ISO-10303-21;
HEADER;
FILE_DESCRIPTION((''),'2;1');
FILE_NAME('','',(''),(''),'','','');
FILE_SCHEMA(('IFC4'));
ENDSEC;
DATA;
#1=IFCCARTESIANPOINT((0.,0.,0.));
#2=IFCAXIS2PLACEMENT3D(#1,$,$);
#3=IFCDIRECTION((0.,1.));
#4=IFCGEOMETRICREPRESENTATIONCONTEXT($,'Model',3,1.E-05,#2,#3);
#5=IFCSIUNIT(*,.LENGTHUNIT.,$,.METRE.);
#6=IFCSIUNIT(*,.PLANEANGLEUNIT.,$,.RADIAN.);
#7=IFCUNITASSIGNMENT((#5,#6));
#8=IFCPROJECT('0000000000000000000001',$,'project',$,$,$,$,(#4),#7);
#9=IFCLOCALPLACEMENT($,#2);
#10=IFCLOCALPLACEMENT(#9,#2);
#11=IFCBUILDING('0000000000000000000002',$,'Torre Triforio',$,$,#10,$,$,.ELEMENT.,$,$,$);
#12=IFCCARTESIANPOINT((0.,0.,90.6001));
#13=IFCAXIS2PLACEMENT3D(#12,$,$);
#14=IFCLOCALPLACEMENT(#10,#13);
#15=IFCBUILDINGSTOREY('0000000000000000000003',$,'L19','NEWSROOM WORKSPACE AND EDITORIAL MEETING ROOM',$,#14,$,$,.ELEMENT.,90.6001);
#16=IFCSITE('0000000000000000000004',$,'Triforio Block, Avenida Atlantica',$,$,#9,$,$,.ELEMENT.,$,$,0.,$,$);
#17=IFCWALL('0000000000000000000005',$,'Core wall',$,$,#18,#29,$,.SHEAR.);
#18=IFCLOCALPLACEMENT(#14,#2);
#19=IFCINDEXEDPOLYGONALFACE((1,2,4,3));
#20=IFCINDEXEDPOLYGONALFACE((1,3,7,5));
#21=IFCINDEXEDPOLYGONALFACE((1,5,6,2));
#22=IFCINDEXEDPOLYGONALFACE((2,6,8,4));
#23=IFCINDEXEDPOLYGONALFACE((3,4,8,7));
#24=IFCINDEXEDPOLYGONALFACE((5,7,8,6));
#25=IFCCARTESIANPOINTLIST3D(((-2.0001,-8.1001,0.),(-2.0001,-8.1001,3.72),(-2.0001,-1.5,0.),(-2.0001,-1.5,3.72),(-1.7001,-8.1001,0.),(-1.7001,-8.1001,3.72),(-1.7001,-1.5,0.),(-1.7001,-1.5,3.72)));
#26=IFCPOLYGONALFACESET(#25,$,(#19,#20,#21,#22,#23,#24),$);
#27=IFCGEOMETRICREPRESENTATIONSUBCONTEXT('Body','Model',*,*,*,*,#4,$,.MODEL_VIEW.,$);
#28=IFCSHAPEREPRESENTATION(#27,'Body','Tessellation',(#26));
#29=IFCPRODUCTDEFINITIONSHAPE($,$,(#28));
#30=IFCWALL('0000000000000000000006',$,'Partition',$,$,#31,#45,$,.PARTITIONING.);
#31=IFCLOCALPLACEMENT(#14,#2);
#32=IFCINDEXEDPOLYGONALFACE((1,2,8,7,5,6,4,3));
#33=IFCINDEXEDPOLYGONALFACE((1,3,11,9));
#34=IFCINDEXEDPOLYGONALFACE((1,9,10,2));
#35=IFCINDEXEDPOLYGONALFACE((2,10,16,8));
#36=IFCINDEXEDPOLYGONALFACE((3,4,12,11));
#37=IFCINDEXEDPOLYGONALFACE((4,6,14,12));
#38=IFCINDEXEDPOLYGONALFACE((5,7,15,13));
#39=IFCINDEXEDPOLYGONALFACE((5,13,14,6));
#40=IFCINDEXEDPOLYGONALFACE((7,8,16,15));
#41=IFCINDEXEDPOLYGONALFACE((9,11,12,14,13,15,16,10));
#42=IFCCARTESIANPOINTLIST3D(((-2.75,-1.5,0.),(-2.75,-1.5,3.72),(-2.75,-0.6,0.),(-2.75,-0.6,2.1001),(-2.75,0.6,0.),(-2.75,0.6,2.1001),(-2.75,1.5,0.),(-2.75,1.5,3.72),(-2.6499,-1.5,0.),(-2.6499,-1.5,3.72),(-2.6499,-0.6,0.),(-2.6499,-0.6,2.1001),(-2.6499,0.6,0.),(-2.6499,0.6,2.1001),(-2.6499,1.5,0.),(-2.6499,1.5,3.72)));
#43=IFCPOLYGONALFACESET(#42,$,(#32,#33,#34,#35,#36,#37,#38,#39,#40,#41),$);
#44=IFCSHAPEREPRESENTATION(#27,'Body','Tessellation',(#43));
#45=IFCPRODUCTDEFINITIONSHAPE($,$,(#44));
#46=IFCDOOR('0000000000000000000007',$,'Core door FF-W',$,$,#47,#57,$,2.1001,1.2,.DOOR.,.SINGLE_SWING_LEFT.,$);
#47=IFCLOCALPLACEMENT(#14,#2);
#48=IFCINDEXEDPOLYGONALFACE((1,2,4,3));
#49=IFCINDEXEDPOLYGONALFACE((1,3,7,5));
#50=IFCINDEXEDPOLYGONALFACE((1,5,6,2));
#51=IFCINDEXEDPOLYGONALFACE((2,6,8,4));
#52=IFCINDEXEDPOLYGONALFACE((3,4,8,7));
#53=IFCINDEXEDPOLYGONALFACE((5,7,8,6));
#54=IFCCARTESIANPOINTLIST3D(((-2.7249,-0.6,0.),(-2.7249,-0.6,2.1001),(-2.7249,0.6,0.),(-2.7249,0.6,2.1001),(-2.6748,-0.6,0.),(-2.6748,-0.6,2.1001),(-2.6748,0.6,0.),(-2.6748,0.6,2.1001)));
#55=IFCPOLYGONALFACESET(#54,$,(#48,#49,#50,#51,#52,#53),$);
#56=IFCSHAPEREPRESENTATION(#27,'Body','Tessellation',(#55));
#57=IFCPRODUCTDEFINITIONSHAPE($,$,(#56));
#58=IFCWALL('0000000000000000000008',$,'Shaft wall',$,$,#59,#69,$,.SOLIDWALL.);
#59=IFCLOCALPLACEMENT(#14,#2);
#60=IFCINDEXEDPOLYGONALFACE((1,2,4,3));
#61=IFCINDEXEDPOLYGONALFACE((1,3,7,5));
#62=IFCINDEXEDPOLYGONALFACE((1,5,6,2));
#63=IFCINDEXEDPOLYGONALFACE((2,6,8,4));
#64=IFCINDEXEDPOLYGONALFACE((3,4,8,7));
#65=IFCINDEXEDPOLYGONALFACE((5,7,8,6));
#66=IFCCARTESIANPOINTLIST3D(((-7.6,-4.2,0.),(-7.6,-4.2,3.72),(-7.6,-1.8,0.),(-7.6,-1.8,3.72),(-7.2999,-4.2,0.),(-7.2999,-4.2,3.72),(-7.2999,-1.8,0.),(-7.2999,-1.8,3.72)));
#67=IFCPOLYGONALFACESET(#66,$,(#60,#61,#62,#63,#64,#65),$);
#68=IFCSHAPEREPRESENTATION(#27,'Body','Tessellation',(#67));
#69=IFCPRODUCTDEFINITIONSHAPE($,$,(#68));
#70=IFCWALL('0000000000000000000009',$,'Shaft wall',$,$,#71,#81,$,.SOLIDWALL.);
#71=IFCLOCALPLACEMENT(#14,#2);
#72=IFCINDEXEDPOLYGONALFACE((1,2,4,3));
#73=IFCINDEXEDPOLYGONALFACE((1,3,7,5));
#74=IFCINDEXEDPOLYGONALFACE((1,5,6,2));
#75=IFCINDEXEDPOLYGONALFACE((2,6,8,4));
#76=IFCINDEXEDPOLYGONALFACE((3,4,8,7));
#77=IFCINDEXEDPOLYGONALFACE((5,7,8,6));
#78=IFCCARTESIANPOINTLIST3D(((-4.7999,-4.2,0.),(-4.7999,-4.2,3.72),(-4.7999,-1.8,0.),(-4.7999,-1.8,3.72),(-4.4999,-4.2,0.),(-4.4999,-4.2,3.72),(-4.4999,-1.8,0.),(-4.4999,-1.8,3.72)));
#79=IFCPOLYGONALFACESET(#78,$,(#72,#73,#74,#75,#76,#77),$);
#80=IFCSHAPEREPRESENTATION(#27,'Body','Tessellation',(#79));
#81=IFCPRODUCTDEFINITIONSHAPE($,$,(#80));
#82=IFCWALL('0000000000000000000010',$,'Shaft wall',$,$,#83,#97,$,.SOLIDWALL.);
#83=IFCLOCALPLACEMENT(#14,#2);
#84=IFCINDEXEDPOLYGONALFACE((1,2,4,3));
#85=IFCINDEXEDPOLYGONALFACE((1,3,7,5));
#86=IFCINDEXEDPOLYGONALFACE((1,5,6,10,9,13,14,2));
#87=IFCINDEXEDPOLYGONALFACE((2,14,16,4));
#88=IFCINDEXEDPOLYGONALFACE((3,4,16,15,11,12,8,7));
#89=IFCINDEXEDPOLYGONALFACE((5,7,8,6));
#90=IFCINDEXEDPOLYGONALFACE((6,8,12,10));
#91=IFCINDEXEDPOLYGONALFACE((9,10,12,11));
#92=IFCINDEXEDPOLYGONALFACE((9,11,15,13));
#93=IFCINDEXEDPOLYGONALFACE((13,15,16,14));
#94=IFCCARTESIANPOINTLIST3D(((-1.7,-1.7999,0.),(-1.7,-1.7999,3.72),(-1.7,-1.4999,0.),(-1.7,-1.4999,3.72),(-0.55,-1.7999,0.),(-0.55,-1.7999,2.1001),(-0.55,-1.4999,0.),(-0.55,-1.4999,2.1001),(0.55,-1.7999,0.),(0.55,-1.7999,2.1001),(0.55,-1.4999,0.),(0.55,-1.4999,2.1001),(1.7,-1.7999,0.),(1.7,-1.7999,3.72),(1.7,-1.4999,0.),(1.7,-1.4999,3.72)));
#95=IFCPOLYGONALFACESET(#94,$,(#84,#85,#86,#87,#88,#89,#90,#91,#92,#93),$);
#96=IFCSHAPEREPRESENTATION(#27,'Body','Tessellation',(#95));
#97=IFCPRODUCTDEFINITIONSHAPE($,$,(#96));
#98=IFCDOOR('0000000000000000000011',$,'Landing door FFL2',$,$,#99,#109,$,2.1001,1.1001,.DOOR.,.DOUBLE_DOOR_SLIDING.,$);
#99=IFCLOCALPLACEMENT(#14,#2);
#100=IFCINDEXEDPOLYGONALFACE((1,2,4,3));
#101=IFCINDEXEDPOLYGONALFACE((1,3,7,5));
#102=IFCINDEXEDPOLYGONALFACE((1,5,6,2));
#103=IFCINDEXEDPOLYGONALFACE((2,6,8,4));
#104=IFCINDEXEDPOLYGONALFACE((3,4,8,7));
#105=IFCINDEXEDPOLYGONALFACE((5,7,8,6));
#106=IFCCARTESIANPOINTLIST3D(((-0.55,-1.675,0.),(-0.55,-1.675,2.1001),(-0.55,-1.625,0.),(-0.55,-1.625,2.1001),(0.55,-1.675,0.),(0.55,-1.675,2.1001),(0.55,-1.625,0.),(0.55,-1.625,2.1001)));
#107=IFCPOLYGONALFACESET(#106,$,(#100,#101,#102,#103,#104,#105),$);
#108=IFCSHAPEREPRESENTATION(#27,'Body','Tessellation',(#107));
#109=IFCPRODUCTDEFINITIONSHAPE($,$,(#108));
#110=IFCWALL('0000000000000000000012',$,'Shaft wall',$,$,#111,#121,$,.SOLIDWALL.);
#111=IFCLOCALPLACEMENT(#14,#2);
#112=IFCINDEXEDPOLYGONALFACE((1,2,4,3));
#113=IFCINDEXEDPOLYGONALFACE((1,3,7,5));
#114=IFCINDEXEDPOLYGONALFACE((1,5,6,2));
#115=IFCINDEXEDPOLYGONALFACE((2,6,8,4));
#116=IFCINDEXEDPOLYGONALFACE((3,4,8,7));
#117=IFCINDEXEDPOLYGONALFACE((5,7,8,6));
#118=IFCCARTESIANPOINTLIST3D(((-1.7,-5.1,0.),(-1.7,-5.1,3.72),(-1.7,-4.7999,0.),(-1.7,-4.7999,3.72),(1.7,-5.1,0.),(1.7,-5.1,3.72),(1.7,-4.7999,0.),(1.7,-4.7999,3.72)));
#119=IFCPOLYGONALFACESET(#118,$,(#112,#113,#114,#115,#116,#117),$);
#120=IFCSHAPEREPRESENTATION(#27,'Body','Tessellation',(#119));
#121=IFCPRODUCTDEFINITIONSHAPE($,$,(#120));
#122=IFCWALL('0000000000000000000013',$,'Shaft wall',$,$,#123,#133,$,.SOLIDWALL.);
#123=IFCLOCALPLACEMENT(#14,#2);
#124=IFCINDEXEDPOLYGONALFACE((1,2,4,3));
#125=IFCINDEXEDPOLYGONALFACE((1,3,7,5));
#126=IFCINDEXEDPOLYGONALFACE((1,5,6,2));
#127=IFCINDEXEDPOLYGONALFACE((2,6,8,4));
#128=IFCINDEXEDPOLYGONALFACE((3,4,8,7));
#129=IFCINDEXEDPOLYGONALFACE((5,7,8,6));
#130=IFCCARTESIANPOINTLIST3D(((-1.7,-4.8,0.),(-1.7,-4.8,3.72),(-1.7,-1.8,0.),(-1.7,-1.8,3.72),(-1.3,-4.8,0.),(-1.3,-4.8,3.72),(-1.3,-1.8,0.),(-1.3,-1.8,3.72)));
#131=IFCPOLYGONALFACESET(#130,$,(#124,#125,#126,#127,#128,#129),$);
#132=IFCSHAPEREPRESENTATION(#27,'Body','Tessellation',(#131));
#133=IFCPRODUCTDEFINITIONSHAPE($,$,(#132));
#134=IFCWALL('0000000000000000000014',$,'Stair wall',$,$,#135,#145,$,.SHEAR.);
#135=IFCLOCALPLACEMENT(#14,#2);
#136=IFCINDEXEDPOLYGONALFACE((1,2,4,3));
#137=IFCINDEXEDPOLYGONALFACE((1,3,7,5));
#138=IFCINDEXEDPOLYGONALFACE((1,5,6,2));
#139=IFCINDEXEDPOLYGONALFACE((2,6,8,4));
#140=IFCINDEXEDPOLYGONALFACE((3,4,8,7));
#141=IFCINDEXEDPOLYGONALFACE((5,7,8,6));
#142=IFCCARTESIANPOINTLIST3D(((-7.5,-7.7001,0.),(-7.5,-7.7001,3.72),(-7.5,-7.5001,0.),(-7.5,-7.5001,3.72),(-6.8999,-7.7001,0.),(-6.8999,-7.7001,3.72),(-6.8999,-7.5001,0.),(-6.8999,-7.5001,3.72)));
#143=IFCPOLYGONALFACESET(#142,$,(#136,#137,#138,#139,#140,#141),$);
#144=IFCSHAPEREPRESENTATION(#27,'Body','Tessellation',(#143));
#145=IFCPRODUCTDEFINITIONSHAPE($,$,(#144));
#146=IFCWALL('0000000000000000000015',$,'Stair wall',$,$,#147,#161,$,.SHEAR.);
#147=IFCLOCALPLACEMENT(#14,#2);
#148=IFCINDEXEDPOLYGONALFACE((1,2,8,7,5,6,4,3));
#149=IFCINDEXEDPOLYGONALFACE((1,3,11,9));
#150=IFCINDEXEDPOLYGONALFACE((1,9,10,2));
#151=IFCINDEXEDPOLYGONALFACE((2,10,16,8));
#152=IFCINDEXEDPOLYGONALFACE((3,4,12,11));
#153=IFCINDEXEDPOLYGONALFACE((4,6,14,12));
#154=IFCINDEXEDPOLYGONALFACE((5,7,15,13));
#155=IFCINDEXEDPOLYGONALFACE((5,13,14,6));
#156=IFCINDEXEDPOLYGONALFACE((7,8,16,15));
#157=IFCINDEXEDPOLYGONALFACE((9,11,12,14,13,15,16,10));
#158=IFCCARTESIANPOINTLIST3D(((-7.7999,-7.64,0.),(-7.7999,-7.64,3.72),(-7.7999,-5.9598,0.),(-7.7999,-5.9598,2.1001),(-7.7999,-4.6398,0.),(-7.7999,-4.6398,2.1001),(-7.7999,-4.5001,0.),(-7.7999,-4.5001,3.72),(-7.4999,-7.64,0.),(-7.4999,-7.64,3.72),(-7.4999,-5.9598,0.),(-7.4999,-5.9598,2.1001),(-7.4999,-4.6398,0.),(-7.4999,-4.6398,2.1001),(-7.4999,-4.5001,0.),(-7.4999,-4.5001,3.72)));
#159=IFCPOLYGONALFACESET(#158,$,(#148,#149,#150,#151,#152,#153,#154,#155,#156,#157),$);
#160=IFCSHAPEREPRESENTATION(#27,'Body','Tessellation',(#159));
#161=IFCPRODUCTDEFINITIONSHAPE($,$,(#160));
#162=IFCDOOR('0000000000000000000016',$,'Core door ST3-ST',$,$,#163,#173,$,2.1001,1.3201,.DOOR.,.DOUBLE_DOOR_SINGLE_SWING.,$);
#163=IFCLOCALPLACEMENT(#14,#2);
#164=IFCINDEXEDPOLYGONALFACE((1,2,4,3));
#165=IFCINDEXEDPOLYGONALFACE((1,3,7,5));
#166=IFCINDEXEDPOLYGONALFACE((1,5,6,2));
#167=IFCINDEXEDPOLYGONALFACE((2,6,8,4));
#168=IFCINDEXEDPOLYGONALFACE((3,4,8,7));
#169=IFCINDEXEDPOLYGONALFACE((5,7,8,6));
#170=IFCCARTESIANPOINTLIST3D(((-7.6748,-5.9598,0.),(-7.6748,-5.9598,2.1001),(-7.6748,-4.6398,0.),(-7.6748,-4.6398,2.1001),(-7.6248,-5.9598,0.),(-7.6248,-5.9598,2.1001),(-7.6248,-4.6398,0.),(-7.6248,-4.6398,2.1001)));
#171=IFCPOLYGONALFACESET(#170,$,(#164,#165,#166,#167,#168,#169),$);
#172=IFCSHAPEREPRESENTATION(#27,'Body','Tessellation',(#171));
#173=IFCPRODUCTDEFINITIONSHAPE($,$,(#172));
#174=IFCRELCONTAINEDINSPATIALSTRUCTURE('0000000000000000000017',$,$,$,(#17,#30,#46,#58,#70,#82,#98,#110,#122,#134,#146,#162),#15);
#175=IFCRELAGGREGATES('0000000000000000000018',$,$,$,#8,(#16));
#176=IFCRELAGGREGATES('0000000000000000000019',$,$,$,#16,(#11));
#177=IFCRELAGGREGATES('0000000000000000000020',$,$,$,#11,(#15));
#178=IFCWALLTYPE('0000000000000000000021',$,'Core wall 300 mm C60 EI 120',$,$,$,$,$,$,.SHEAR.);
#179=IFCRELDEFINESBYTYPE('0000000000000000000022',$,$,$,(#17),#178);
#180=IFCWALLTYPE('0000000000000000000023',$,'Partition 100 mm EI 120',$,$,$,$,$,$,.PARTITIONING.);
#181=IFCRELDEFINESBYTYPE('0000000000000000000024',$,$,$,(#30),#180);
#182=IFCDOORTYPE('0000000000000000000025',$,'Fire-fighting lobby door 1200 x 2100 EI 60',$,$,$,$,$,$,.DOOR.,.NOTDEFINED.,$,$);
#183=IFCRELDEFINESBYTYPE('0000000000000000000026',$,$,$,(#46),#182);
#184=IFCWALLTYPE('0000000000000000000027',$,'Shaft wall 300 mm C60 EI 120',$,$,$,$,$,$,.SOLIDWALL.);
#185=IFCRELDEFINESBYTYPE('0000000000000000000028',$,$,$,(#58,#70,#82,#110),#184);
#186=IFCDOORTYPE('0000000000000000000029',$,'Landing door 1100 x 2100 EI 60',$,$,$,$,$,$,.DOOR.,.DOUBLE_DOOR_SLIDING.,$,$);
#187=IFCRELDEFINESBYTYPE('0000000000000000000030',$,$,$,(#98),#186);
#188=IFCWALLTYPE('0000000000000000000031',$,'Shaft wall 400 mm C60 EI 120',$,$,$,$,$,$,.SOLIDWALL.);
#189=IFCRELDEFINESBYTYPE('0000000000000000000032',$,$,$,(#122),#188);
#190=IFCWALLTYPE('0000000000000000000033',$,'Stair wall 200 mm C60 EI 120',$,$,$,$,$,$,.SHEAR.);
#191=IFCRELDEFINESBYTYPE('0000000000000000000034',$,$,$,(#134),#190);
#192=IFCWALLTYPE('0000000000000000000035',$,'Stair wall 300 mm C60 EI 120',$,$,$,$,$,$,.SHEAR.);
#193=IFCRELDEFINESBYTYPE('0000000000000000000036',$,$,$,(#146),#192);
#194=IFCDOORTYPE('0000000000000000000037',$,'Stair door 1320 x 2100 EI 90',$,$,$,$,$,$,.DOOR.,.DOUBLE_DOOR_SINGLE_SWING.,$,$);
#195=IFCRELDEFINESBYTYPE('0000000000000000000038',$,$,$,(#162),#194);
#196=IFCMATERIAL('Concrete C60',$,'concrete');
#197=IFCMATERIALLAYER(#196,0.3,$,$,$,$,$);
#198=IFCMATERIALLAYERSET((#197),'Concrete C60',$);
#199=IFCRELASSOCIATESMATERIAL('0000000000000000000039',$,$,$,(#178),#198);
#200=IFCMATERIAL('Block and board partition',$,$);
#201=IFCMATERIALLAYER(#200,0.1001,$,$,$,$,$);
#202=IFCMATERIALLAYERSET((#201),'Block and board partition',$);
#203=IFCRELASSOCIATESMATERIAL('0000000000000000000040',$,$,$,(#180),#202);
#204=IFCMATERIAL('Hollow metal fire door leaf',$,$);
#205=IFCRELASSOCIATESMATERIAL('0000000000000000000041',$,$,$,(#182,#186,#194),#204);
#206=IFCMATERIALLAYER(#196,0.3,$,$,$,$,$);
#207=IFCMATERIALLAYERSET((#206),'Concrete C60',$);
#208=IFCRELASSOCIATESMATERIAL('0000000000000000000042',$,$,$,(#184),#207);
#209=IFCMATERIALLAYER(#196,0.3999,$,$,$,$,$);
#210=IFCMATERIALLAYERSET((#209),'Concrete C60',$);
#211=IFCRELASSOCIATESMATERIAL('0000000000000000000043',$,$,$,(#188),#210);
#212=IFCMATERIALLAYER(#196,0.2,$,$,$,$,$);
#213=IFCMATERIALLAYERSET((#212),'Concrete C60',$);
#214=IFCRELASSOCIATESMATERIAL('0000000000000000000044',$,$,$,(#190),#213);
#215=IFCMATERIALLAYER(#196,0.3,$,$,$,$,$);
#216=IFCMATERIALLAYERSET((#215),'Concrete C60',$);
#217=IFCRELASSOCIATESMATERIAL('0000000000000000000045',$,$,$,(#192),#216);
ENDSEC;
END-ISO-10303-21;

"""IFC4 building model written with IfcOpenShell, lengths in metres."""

from ifc_helpers import new_model, si_unit, direction, frame, frame_2d, origin, place, context, subcontext, project, spatial, rectangle, extrude, material, layer, layer_set, type_object, element, fill, save


model = new_model("IFC4")

# Units and contexts
model_context = context("Model", 3, precision=1e-05, world=origin(), true_north=direction((0.0, 1.0)))
body_context = subcontext(model_context, "Body", "Model", "MODEL_VIEW")
ifc_project = project(units=[si_unit("LENGTHUNIT", "METRE"), si_unit("PLANEANGLEUNIT", "RADIAN")], contexts=[model_context])

# Site, building, storey
site_placement = place(None, origin())
site = spatial("IfcSite", under=ifc_project, at=site_placement, Name="Triforio Block, Avenida Atlantica", CompositionType="ELEMENT", RefElevation=0.0)
building_placement = place(site_placement, origin())
building = spatial("IfcBuilding", under=site, at=building_placement, Name="Torre Triforio", CompositionType="ELEMENT")
storey_placement = place(building_placement, frame((0.0, 0.0, 90.6001)))
storey = spatial("IfcBuildingStorey", under=building, at=storey_placement, Name="L19", Description="NEWSROOM WORKSPACE AND EDITORIAL MEETING ROOM", CompositionType="ELEMENT", Elevation=90.6001)

# Wall
ifc_material_1 = material(Name="Concrete C60", Category="concrete")
ifc_layer_1 = layer(ifc_material_1, 0.3)
ifc_layer_set_1 = layer_set([ifc_layer_1], Name="Concrete C60")
wall_type_1 = type_object("IfcWallType", Name="Core wall 300 mm C60 EI 120", PredefinedType="SHEAR", material=ifc_layer_set_1)
wall_1_placement = place(storey_placement, frame((-1.8501, -8.1001, 0.0), z_axis=(0.0, 0.0, 1.0), x_axis=(0.0, 1.0, 0.0)))
element("IfcWall", 1, at=wall_1_placement, inside=storey, type_object=wall_type_1, Name="Core wall", PredefinedType="SHEAR", context=body_context, shape_type="SweptSolid", body=[
    extrude(rectangle(XDim=6.6001, YDim=0.3, at=frame_2d((3.3, 0.0))), origin(), (0.0, 0.0, 1.0), 3.72),
])

# Wall, opening, door
ifc_material_2 = material(Name="Block and board partition")
ifc_layer_2 = layer(ifc_material_2, 0.1001)
ifc_layer_set_2 = layer_set([ifc_layer_2], Name="Block and board partition")
wall_type_2 = type_object("IfcWallType", Name="Partition 100 mm EI 120", PredefinedType="PARTITIONING", material=ifc_layer_set_2)
wall_2_placement = place(storey_placement, frame((-2.7, -1.5, 0.0), z_axis=(0.0, 0.0, 1.0), x_axis=(0.0, 1.0, 0.0)))
wall_2 = element("IfcWall", 2, at=wall_2_placement, inside=storey, type_object=wall_type_2, Name="Partition", PredefinedType="PARTITIONING", context=body_context, shape_type="SweptSolid", body=[
    extrude(rectangle(XDim=3.0, YDim=0.1001, at=frame_2d((1.5, 0.0))), origin(), (0.0, 0.0, 1.0), 3.72),
])
opening_1_placement = place(wall_2_placement, frame((0.8999, 0.0, 0.0)))
opening_1 = element("IfcOpeningElement", 3, at=opening_1_placement, cuts=wall_2, PredefinedType="OPENING", context=body_context, shape_type="SweptSolid", body=[
    extrude(rectangle(XDim=1.2, YDim=2.1001, at=frame_2d((0.6001, 1.05))), frame((0.0, 0.0601, 0.0), z_axis=(0.0, -1.0, 0.0), x_axis=(1.0, 0.0, 0.0)), (0.0, 0.0, 1.0), 0.1201),
])
ifc_material_3 = material(Name="Hollow metal fire door leaf")
door_type_1 = type_object("IfcDoorType", Name="Fire-fighting lobby door 1200 x 2100 EI 60", OperationType="NOTDEFINED", PredefinedType="DOOR", material=ifc_material_3)
door_1_placement = place(opening_1_placement, origin())
door_1 = element("IfcDoor", 4, at=door_1_placement, inside=storey, type_object=door_type_1, Name="Core door FF-W", OperationType="SINGLE_SWING_LEFT", OverallHeight=2.1001, OverallWidth=1.2, PredefinedType="DOOR", context=body_context, shape_type="SweptSolid", body=[
    extrude(rectangle(XDim=1.2, YDim=2.1001, at=frame_2d((0.6001, 1.05))), frame((0.0, 0.0249, 0.0), z_axis=(0.0, -1.0, 0.0), x_axis=(1.0, 0.0, 0.0)), (0.0, 0.0, 1.0), 0.05),
])
fill(opening_1, door_1)

# Walls
ifc_layer_3 = layer(ifc_material_1, 0.3)
ifc_layer_set_3 = layer_set([ifc_layer_3], Name="Concrete C60")
wall_type_3 = type_object("IfcWallType", Name="Shaft wall 300 mm C60 EI 120", PredefinedType="SOLIDWALL", material=ifc_layer_set_3)
for number, where, z_axis, x_axis, name in (
    (5, (-7.45, -4.2, 0.0), (0.0, 0.0, 1.0), (0.0, 1.0, 0.0), "Shaft wall"),
    (6, (-4.6499, -4.2, 0.0), (0.0, 0.0, 1.0), (0.0, 1.0, 0.0), "Shaft wall"),
):
    element("IfcWall", number, at=place(storey_placement, frame(where, z_axis=z_axis, x_axis=x_axis)), inside=storey, type_object=wall_type_3, Name=name, PredefinedType="SOLIDWALL", context=body_context, shape_type="SweptSolid", body=[
        extrude(rectangle(XDim=2.3999, YDim=0.3, at=frame_2d((1.2, 0.0))), origin(), (0.0, 0.0, 1.0), 3.72),
    ])

# Wall, opening, door
wall_3_placement = place(storey_placement, frame((-1.7, -1.6499, 0.0), z_axis=(0.0, 0.0, 1.0), x_axis=(1.0, 0.0, 0.0)))
wall_3 = element("IfcWall", 7, at=wall_3_placement, inside=storey, type_object=wall_type_3, Name="Shaft wall", PredefinedType="SOLIDWALL", context=body_context, shape_type="SweptSolid", body=[
    extrude(rectangle(XDim=3.3999, YDim=0.3, at=frame_2d((1.7, 0.0))), origin(), (0.0, 0.0, 1.0), 3.72),
])
opening_2_placement = place(wall_3_placement, frame((1.1499, 0.0, 0.0)))
opening_2 = element("IfcOpeningElement", 8, at=opening_2_placement, cuts=wall_3, PredefinedType="OPENING", context=body_context, shape_type="SweptSolid", body=[
    extrude(rectangle(XDim=1.1001, YDim=2.1001, at=frame_2d((0.55, 1.05))), frame((0.0, 0.1599, 0.0), z_axis=(0.0, -1.0, 0.0), x_axis=(1.0, 0.0, 0.0)), (0.0, 0.0, 1.0), 0.3201),
])
door_type_2 = type_object("IfcDoorType", Name="Landing door 1100 x 2100 EI 60", OperationType="DOUBLE_DOOR_SLIDING", PredefinedType="DOOR", material=ifc_material_3)
door_2_placement = place(opening_2_placement, origin())
door_2 = element("IfcDoor", 9, at=door_2_placement, inside=storey, type_object=door_type_2, Name="Landing door FFL2", OperationType="DOUBLE_DOOR_SLIDING", OverallHeight=2.1001, OverallWidth=1.1001, PredefinedType="DOOR", context=body_context, shape_type="SweptSolid", body=[
    extrude(rectangle(XDim=1.1001, YDim=2.1001, at=frame_2d((0.55, 1.05))), frame((0.0, 0.0249, 0.0), z_axis=(0.0, -1.0, 0.0), x_axis=(1.0, 0.0, 0.0)), (0.0, 0.0, 1.0), 0.05),
])
fill(opening_2, door_2)

# Walls
wall_4_placement = place(storey_placement, frame((-1.7, -4.95, 0.0), z_axis=(0.0, 0.0, 1.0), x_axis=(1.0, 0.0, 0.0)))
element("IfcWall", 10, at=wall_4_placement, inside=storey, type_object=wall_type_3, Name="Shaft wall", PredefinedType="SOLIDWALL", context=body_context, shape_type="SweptSolid", body=[
    extrude(rectangle(XDim=3.3999, YDim=0.3, at=frame_2d((1.7, 0.0))), origin(), (0.0, 0.0, 1.0), 3.72),
])
ifc_layer_4 = layer(ifc_material_1, 0.3999)
ifc_layer_set_4 = layer_set([ifc_layer_4], Name="Concrete C60")
wall_type_4 = type_object("IfcWallType", Name="Shaft wall 400 mm C60 EI 120", PredefinedType="SOLIDWALL", material=ifc_layer_set_4)
wall_5_placement = place(storey_placement, frame((-1.5, -4.8, 0.0), z_axis=(0.0, 0.0, 1.0), x_axis=(0.0, 1.0, 0.0)))
element("IfcWall", 11, at=wall_5_placement, inside=storey, type_object=wall_type_4, Name="Shaft wall", PredefinedType="SOLIDWALL", context=body_context, shape_type="SweptSolid", body=[
    extrude(rectangle(XDim=3.0, YDim=0.3999, at=frame_2d((1.5, 0.0))), origin(), (0.0, 0.0, 1.0), 3.72),
])
ifc_layer_5 = layer(ifc_material_1, 0.2)
ifc_layer_set_5 = layer_set([ifc_layer_5], Name="Concrete C60")
wall_type_5 = type_object("IfcWallType", Name="Stair wall 200 mm C60 EI 120", PredefinedType="SHEAR", material=ifc_layer_set_5)
wall_6_placement = place(storey_placement, frame((-7.5, -7.6001, 0.0), z_axis=(0.0, 0.0, 1.0), x_axis=(1.0, 0.0, 0.0)))
element("IfcWall", 12, at=wall_6_placement, inside=storey, type_object=wall_type_5, Name="Stair wall", PredefinedType="SHEAR", context=body_context, shape_type="SweptSolid", body=[
    extrude(rectangle(XDim=0.6001, YDim=0.2, at=frame_2d((0.3, 0.0))), origin(), (0.0, 0.0, 1.0), 3.72),
])

# Wall, opening, door
ifc_layer_6 = layer(ifc_material_1, 0.3)
ifc_layer_set_6 = layer_set([ifc_layer_6], Name="Concrete C60")
wall_type_6 = type_object("IfcWallType", Name="Stair wall 300 mm C60 EI 120", PredefinedType="SHEAR", material=ifc_layer_set_6)
wall_7_placement = place(storey_placement, frame((-7.6499, -7.6399, 0.0), z_axis=(0.0, 0.0, 1.0), x_axis=(0.0, 1.0, 0.0)))
wall_7 = element("IfcWall", 13, at=wall_7_placement, inside=storey, type_object=wall_type_6, Name="Stair wall", PredefinedType="SHEAR", context=body_context, shape_type="SweptSolid", body=[
    extrude(rectangle(XDim=3.1399, YDim=0.3, at=frame_2d((1.5698, 0.0))), origin(), (0.0, 0.0, 1.0), 3.72),
])
opening_3_placement = place(wall_7_placement, frame((1.6799, 0.0, 0.0)))
opening_3 = element("IfcOpeningElement", 14, at=opening_3_placement, cuts=wall_7, PredefinedType="OPENING", context=body_context, shape_type="SweptSolid", body=[
    extrude(rectangle(XDim=1.3201, YDim=2.1001, at=frame_2d((0.6602, 1.05))), frame((0.0, 0.1599, 0.0), z_axis=(0.0, -1.0, 0.0), x_axis=(1.0, 0.0, 0.0)), (0.0, 0.0, 1.0), 0.3201),
])
door_type_3 = type_object("IfcDoorType", Name="Stair door 1320 x 2100 EI 90", OperationType="DOUBLE_DOOR_SINGLE_SWING", PredefinedType="DOOR", material=ifc_material_3)
door_3_placement = place(opening_3_placement, origin())
door_3 = element("IfcDoor", 15, at=door_3_placement, inside=storey, type_object=door_type_3, Name="Core door ST3-ST", OperationType="DOUBLE_DOOR_SINGLE_SWING", OverallHeight=2.1001, OverallWidth=1.3201, PredefinedType="DOOR", context=body_context, shape_type="SweptSolid", body=[
    extrude(rectangle(XDim=1.3201, YDim=2.1001, at=frame_2d((0.6602, 1.05))), frame((0.0, 0.0249, 0.0), z_axis=(0.0, -1.0, 0.0), x_axis=(1.0, 0.0, 0.0)), (0.0, 0.0, 1.0), 0.05),
])
fill(opening_3, door_3)

save(model, "model.ifc")
